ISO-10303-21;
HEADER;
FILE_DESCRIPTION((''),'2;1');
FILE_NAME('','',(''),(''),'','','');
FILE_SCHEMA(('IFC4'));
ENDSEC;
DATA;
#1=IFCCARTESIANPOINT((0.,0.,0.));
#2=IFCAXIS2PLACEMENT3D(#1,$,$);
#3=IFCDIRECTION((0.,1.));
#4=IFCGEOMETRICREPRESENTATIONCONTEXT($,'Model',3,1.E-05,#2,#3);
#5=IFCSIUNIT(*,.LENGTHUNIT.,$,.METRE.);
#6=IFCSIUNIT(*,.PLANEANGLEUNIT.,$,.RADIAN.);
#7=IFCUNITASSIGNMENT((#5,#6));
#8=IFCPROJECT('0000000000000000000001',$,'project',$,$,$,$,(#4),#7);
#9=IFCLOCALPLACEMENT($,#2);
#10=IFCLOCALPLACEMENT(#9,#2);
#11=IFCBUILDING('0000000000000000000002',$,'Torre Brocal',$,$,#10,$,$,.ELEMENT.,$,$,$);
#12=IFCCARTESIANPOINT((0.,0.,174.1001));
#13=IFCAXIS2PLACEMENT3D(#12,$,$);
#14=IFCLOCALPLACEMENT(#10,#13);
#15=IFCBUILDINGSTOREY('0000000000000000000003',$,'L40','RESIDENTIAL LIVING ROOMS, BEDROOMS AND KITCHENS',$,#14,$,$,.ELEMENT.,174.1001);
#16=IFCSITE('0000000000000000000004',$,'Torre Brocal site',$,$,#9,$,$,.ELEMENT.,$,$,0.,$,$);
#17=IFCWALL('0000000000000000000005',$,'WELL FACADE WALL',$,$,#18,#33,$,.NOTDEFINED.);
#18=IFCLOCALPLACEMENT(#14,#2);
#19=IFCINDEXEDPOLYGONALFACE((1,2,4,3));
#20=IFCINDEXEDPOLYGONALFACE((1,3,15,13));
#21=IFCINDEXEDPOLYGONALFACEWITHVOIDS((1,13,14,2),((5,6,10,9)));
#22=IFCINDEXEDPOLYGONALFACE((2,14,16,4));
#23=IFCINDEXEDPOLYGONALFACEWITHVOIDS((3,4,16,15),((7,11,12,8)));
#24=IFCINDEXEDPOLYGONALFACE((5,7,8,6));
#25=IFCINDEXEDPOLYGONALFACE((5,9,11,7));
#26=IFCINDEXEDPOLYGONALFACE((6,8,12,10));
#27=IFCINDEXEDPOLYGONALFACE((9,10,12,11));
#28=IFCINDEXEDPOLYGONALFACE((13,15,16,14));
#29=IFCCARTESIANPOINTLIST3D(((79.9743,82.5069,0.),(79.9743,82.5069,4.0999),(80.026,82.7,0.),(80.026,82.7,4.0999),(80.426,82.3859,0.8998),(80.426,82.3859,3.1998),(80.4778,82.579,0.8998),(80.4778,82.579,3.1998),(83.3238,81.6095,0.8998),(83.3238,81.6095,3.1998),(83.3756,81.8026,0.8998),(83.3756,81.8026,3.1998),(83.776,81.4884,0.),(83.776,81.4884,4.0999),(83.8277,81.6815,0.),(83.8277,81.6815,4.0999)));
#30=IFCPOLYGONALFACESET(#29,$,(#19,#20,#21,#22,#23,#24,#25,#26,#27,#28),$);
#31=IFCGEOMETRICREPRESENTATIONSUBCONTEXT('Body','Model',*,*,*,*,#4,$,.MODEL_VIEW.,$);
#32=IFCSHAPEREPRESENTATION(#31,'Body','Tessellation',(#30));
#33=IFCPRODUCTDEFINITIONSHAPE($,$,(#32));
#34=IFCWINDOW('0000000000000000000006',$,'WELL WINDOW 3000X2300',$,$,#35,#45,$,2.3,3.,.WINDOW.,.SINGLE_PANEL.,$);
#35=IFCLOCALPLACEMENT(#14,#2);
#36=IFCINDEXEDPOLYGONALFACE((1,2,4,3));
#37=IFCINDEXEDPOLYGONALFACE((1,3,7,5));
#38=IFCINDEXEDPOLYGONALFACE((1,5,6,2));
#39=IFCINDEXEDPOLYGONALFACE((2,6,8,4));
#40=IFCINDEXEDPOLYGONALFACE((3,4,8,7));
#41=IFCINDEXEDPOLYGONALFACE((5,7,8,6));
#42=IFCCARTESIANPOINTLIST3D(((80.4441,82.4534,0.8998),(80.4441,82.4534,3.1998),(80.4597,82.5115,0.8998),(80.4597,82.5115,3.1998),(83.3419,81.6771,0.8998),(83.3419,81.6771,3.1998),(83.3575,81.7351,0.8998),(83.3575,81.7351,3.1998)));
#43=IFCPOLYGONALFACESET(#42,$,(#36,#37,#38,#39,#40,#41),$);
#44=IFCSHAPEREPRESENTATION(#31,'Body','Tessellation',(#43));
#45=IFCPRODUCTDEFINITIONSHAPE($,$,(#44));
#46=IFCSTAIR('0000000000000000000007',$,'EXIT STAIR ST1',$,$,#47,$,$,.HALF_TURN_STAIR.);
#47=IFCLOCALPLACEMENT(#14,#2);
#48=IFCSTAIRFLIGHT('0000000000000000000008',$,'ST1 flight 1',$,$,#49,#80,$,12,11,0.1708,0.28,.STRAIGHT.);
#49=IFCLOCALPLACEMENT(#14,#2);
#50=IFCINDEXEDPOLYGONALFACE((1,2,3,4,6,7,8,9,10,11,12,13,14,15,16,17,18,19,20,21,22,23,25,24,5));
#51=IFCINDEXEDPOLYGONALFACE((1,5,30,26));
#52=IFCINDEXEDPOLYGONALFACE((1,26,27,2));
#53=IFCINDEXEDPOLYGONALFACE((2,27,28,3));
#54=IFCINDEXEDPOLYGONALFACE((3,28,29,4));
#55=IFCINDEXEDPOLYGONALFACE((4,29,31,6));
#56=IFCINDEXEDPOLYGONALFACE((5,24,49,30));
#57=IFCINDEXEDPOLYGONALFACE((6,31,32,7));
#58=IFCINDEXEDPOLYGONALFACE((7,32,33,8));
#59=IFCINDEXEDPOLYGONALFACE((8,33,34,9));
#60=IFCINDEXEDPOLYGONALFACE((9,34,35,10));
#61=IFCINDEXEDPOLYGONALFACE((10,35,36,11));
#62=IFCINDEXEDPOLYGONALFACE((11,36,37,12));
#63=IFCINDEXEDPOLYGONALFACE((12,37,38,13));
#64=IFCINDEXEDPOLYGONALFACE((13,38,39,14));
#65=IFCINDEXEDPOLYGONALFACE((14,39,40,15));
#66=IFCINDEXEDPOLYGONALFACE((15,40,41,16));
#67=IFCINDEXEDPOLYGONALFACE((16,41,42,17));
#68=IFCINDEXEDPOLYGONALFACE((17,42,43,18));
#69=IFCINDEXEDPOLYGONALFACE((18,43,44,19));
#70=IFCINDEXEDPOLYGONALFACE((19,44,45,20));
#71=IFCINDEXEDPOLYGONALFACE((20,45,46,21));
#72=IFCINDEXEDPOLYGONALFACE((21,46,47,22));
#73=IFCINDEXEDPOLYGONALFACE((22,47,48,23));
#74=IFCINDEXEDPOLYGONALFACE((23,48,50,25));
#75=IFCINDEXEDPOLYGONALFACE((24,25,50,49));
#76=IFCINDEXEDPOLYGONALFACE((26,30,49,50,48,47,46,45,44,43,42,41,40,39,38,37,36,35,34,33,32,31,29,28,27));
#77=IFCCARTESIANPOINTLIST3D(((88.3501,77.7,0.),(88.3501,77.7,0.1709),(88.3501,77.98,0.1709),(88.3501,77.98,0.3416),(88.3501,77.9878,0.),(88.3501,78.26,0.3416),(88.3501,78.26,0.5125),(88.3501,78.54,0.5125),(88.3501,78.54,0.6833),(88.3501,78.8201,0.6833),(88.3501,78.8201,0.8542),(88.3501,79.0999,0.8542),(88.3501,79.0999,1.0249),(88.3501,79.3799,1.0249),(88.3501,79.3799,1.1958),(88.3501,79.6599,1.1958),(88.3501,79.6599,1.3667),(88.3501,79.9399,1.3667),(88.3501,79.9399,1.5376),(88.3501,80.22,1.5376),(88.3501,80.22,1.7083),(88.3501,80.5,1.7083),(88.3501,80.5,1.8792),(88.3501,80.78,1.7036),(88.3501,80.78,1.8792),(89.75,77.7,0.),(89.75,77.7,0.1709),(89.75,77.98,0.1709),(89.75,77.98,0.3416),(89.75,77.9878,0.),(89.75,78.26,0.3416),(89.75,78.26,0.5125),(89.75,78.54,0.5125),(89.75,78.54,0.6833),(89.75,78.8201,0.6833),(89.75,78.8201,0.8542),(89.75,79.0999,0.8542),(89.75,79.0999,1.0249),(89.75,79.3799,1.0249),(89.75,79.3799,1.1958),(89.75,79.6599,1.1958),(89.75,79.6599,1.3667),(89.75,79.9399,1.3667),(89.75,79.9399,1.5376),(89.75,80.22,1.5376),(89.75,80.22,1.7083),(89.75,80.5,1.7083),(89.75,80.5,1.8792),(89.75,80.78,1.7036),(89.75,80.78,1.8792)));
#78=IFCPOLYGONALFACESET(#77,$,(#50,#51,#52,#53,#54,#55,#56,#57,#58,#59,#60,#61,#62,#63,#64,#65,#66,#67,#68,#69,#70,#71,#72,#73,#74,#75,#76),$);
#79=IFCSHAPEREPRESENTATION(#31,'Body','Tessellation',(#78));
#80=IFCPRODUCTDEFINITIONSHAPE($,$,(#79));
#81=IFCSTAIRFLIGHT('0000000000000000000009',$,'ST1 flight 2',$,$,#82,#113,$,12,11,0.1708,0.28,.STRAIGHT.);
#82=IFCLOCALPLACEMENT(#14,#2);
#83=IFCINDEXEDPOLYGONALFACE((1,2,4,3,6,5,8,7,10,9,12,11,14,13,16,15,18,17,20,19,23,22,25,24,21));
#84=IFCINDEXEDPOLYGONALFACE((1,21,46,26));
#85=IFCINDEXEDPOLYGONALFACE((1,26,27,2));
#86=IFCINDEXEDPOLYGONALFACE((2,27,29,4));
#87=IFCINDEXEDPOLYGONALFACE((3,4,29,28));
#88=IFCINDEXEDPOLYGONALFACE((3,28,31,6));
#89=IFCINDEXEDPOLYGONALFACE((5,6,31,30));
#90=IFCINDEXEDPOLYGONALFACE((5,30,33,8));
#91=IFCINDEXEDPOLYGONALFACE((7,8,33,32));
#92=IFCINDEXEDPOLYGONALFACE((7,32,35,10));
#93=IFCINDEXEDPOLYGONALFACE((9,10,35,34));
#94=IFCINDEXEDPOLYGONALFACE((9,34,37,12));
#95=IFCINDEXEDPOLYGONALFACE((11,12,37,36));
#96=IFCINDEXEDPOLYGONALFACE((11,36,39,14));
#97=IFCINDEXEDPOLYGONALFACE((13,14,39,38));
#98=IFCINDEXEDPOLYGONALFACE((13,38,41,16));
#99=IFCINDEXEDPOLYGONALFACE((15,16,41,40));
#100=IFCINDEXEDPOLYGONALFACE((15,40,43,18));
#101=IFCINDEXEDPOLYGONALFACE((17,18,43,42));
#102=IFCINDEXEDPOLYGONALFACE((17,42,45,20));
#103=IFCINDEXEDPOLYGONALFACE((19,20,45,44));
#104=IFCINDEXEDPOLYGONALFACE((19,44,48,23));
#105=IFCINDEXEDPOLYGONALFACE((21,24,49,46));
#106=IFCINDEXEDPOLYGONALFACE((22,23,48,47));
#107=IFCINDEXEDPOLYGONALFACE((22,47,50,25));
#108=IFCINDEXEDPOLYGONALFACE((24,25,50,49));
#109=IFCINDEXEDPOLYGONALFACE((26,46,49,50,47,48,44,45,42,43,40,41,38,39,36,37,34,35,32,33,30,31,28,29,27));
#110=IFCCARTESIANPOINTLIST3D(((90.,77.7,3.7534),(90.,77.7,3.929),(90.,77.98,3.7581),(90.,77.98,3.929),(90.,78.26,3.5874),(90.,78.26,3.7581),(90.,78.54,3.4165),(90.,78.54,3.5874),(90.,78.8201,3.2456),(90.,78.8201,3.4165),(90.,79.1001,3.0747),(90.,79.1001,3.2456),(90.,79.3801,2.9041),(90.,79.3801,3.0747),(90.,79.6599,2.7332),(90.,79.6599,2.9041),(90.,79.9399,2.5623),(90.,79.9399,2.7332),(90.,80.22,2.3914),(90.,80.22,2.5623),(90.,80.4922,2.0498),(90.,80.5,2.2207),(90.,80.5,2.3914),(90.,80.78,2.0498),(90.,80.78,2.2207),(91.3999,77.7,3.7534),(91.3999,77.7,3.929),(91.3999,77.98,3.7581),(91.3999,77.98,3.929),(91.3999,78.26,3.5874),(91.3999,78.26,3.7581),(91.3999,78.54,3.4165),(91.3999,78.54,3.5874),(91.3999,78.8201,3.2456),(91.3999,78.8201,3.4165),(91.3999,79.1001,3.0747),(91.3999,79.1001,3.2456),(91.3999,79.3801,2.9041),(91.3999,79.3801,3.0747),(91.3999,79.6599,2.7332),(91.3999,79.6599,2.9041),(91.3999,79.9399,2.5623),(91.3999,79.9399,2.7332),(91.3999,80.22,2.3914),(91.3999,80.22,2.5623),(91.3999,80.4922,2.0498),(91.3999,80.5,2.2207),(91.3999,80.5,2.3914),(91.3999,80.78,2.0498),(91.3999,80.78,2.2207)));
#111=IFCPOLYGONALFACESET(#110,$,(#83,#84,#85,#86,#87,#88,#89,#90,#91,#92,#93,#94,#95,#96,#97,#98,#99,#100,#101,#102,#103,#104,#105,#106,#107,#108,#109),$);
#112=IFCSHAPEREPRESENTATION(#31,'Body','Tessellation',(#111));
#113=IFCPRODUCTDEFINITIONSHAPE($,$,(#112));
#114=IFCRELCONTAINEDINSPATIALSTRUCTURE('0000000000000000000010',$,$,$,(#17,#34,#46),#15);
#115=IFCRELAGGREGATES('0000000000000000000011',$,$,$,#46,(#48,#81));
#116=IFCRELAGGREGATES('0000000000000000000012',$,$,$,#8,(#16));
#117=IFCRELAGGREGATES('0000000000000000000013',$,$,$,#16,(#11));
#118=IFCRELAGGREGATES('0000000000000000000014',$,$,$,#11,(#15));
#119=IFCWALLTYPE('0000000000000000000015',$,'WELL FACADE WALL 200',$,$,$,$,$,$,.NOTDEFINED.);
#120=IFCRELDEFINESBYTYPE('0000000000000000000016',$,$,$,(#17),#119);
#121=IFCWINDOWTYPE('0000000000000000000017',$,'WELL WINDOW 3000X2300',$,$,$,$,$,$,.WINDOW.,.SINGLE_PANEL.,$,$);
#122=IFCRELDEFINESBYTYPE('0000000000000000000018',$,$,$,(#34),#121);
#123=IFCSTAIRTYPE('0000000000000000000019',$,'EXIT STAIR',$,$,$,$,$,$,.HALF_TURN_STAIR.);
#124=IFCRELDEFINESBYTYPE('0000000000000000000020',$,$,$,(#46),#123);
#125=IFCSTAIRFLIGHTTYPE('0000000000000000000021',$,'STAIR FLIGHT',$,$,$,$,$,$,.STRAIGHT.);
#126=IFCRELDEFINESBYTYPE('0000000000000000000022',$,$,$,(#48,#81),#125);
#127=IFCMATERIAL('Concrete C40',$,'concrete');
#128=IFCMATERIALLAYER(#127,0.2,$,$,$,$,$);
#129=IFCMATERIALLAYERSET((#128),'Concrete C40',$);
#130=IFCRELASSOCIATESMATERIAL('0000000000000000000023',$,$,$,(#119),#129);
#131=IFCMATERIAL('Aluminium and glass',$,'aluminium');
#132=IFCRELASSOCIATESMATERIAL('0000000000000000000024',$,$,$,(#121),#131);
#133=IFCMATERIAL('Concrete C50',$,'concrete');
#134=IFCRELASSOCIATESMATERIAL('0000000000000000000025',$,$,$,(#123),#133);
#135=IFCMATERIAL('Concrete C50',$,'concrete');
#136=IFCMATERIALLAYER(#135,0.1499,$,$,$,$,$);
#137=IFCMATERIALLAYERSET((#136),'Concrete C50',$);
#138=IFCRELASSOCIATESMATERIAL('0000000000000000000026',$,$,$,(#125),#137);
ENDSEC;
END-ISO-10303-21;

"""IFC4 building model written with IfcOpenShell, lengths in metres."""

from ifc_helpers import new_model, si_unit, direction, frame, frame_2d, origin, place, context, subcontext, project, spatial, polyline, rectangle, outline, extrude, material, layer, layer_set, type_object, element, fill, aggregate, save


model = new_model("IFC4")

# Units and contexts
model_context = context("Model", 3, precision=1e-05, world=origin(), true_north=direction((0.0, 1.0)))
body_context = subcontext(model_context, "Body", "Model", "MODEL_VIEW")
ifc_project = project(units=[si_unit("LENGTHUNIT", "METRE"), si_unit("PLANEANGLEUNIT", "RADIAN")], contexts=[model_context])

# Site, building, storey
site_placement = place(None, origin())
site = spatial("IfcSite", under=ifc_project, at=site_placement, Name="Torre Brocal site", CompositionType="ELEMENT", RefElevation=0.0)
building_placement = place(site_placement, origin())
building = spatial("IfcBuilding", under=site, at=building_placement, Name="Torre Brocal", CompositionType="ELEMENT")
storey_placement = place(building_placement, frame((0.0, 0.0, 174.1001)))
storey = spatial("IfcBuildingStorey", under=building, at=storey_placement, Name="L40", Description="RESIDENTIAL LIVING ROOMS, BEDROOMS AND KITCHENS", CompositionType="ELEMENT", Elevation=174.1001)

# Wall, opening, window
ifc_material_1 = material(Name="Concrete C40", Category="concrete")
ifc_layer_1 = layer(ifc_material_1, 0.2)
ifc_layer_set_1 = layer_set([ifc_layer_1], Name="Concrete C40")
wall_type_1 = type_object("IfcWallType", Name="WELL FACADE WALL 200", PredefinedType="NOTDEFINED", material=ifc_layer_set_1)
ifc_material_2 = material(Name="Aluminium and glass", Category="aluminium")
window_type = type_object("IfcWindowType", Name="WELL WINDOW 3000X2300", PartitioningType="SINGLE_PANEL", PredefinedType="WINDOW", material=ifc_material_2)
wall_1_placement = place(storey_placement, frame((83.8018, 81.585, 0.0), z_axis=(0.0, 0.0, 1.0), x_axis=(-0.965934, 0.25879, 0.0)))
wall_1 = element("IfcWall", 1, at=wall_1_placement, inside=storey, type_object=wall_type_1, Name="WELL FACADE WALL", PredefinedType="NOTDEFINED", context=body_context, shape_type="SweptSolid", body=[
    extrude(rectangle(XDim=3.9358, YDim=0.2, at=frame_2d((1.9678, 0.0))), origin(), (0.0, 0.0, 1.0), 4.0999),
])
opening_1_placement = place(wall_1_placement, frame((0.468, 0.0, 0.8999)))
opening_1 = element("IfcOpeningElement", 2, at=opening_1_placement, cuts=wall_1, PredefinedType="OPENING", context=body_context, shape_type="SweptSolid", body=[
    extrude(rectangle(XDim=3.0, YDim=2.3, at=frame_2d((1.5, 1.1499))), frame((0.0, 0.1099, 0.0), z_axis=(0.0, -1.0, 0.0), x_axis=(1.0, 0.0, 0.0)), (0.0, 0.0, 1.0), 0.22),
])
window_1_placement = place(opening_1_placement, origin())
window_1 = element("IfcWindow", 3, at=window_1_placement, inside=storey, type_object=window_type, Name="WELL WINDOW 3000X2300", OverallHeight=2.3, OverallWidth=3.0, PartitioningType="SINGLE_PANEL", PredefinedType="WINDOW", context=body_context, shape_type="SweptSolid", body=[
    extrude(rectangle(XDim=3.0, YDim=2.3, at=frame_2d((1.5, 1.1499))), frame((0.0, 0.03, 0.0), z_axis=(0.0, -1.0, 0.0), x_axis=(1.0, 0.0, 0.0)), (0.0, 0.0, 1.0), 0.0601),
])
fill(opening_1, window_1)

# Stair, stair flights
ifc_material_3 = material(Name="Concrete C50", Category="concrete")
stair_type = type_object("IfcStairType", Name="EXIT STAIR", PredefinedType="HALF_TURN_STAIR", material=ifc_material_3)
stair_placement = place(storey_placement, origin())
stair = element("IfcStair", 4, at=stair_placement, inside=storey, type_object=stair_type, Name="EXIT STAIR ST1", PredefinedType="HALF_TURN_STAIR")
ifc_material_4 = material(Name="Concrete C50", Category="concrete")
ifc_layer_2 = layer(ifc_material_4, 0.1499)
ifc_layer_set_2 = layer_set([ifc_layer_2], Name="Concrete C50")
stair_flight_type = type_object("IfcStairFlightType", Name="STAIR FLIGHT", PredefinedType="STRAIGHT", material=ifc_layer_set_2)
stair_flight_1_placement = place(storey_placement, frame((89.05, 77.7, 0.0), z_axis=(0.0, 0.0, 1.0), x_axis=(0.0, 1.0, 0.0)))
stair_flight_1 = element("IfcStairFlight", 5, at=stair_flight_1_placement, type_object=stair_flight_type, Name="ST1 flight 1", NumberOfRisers=12, NumberOfTreads=11, PredefinedType="STRAIGHT", RiserHeight=0.1708, TreadLength=0.28, context=body_context, shape_type="SweptSolid", body=[
    extrude(outline(polyline([(0.0, 0.0), (0.0, 0.1709), (0.28, 0.1709), (0.28, 0.3416), (0.5601, 0.3416), (0.5601, 0.5125), (0.8401, 0.5125), (0.8401, 0.6833), (1.1201, 0.6833), (1.1201, 0.8542), (1.3999, 0.8542), (1.3999, 1.0249), (1.6799, 1.0249), (1.6799, 1.1958), (1.96, 1.1958), (1.96, 1.3667), (2.24, 1.3667), (2.24, 1.5376), (2.52, 1.5376), (2.52, 1.7083), (2.8, 1.7083), (2.8, 1.8792), (3.0801, 1.8792), (3.0801, 2.05), (3.0801, 1.7036), (0.2878, 0.0), (0.0, 0.0)])), frame((0.0, 0.7, 0.0), z_axis=(0.0, -1.0, 0.0), x_axis=(1.0, 0.0, 0.0)), (0.0, 0.0, 1.0), 1.3999),
])
stair_flight_2_placement = place(storey_placement, frame((90.7, 80.78, 2.0498), z_axis=(0.0, 0.0, 1.0), x_axis=(0.0, -1.0, 0.0)))
stair_flight_2 = element("IfcStairFlight", 6, at=stair_flight_2_placement, type_object=stair_flight_type, Name="ST1 flight 2", NumberOfRisers=12, NumberOfTreads=11, PredefinedType="STRAIGHT", RiserHeight=0.1708, TreadLength=0.28, context=body_context, shape_type="SweptSolid", body=[
    extrude(outline(polyline([(0.0, 0.0), (0.0, 0.1709), (0.28, 0.1709), (0.28, 0.3416), (0.5601, 0.3416), (0.5601, 0.5125), (0.8401, 0.5125), (0.8401, 0.6833), (1.1201, 0.6833), (1.1201, 0.8542), (1.3999, 0.8542), (1.3999, 1.0249), (1.6799, 1.0249), (1.6799, 1.1958), (1.96, 1.1958), (1.96, 1.3667), (2.24, 1.3667), (2.24, 1.5376), (2.52, 1.5376), (2.52, 1.7083), (2.8, 1.7083), (2.8, 1.8792), (3.0801, 1.8792), (3.0801, 2.05), (3.0801, 1.7036), (0.2878, 0.0), (0.0, 0.0)])), frame((0.0, 0.7, 0.0), z_axis=(0.0, -1.0, 0.0), x_axis=(1.0, 0.0, 0.0)), (0.0, 0.0, 1.0), 1.3999),
])
aggregate(stair, [stair_flight_1, stair_flight_2])

save(model, "model.ifc")
